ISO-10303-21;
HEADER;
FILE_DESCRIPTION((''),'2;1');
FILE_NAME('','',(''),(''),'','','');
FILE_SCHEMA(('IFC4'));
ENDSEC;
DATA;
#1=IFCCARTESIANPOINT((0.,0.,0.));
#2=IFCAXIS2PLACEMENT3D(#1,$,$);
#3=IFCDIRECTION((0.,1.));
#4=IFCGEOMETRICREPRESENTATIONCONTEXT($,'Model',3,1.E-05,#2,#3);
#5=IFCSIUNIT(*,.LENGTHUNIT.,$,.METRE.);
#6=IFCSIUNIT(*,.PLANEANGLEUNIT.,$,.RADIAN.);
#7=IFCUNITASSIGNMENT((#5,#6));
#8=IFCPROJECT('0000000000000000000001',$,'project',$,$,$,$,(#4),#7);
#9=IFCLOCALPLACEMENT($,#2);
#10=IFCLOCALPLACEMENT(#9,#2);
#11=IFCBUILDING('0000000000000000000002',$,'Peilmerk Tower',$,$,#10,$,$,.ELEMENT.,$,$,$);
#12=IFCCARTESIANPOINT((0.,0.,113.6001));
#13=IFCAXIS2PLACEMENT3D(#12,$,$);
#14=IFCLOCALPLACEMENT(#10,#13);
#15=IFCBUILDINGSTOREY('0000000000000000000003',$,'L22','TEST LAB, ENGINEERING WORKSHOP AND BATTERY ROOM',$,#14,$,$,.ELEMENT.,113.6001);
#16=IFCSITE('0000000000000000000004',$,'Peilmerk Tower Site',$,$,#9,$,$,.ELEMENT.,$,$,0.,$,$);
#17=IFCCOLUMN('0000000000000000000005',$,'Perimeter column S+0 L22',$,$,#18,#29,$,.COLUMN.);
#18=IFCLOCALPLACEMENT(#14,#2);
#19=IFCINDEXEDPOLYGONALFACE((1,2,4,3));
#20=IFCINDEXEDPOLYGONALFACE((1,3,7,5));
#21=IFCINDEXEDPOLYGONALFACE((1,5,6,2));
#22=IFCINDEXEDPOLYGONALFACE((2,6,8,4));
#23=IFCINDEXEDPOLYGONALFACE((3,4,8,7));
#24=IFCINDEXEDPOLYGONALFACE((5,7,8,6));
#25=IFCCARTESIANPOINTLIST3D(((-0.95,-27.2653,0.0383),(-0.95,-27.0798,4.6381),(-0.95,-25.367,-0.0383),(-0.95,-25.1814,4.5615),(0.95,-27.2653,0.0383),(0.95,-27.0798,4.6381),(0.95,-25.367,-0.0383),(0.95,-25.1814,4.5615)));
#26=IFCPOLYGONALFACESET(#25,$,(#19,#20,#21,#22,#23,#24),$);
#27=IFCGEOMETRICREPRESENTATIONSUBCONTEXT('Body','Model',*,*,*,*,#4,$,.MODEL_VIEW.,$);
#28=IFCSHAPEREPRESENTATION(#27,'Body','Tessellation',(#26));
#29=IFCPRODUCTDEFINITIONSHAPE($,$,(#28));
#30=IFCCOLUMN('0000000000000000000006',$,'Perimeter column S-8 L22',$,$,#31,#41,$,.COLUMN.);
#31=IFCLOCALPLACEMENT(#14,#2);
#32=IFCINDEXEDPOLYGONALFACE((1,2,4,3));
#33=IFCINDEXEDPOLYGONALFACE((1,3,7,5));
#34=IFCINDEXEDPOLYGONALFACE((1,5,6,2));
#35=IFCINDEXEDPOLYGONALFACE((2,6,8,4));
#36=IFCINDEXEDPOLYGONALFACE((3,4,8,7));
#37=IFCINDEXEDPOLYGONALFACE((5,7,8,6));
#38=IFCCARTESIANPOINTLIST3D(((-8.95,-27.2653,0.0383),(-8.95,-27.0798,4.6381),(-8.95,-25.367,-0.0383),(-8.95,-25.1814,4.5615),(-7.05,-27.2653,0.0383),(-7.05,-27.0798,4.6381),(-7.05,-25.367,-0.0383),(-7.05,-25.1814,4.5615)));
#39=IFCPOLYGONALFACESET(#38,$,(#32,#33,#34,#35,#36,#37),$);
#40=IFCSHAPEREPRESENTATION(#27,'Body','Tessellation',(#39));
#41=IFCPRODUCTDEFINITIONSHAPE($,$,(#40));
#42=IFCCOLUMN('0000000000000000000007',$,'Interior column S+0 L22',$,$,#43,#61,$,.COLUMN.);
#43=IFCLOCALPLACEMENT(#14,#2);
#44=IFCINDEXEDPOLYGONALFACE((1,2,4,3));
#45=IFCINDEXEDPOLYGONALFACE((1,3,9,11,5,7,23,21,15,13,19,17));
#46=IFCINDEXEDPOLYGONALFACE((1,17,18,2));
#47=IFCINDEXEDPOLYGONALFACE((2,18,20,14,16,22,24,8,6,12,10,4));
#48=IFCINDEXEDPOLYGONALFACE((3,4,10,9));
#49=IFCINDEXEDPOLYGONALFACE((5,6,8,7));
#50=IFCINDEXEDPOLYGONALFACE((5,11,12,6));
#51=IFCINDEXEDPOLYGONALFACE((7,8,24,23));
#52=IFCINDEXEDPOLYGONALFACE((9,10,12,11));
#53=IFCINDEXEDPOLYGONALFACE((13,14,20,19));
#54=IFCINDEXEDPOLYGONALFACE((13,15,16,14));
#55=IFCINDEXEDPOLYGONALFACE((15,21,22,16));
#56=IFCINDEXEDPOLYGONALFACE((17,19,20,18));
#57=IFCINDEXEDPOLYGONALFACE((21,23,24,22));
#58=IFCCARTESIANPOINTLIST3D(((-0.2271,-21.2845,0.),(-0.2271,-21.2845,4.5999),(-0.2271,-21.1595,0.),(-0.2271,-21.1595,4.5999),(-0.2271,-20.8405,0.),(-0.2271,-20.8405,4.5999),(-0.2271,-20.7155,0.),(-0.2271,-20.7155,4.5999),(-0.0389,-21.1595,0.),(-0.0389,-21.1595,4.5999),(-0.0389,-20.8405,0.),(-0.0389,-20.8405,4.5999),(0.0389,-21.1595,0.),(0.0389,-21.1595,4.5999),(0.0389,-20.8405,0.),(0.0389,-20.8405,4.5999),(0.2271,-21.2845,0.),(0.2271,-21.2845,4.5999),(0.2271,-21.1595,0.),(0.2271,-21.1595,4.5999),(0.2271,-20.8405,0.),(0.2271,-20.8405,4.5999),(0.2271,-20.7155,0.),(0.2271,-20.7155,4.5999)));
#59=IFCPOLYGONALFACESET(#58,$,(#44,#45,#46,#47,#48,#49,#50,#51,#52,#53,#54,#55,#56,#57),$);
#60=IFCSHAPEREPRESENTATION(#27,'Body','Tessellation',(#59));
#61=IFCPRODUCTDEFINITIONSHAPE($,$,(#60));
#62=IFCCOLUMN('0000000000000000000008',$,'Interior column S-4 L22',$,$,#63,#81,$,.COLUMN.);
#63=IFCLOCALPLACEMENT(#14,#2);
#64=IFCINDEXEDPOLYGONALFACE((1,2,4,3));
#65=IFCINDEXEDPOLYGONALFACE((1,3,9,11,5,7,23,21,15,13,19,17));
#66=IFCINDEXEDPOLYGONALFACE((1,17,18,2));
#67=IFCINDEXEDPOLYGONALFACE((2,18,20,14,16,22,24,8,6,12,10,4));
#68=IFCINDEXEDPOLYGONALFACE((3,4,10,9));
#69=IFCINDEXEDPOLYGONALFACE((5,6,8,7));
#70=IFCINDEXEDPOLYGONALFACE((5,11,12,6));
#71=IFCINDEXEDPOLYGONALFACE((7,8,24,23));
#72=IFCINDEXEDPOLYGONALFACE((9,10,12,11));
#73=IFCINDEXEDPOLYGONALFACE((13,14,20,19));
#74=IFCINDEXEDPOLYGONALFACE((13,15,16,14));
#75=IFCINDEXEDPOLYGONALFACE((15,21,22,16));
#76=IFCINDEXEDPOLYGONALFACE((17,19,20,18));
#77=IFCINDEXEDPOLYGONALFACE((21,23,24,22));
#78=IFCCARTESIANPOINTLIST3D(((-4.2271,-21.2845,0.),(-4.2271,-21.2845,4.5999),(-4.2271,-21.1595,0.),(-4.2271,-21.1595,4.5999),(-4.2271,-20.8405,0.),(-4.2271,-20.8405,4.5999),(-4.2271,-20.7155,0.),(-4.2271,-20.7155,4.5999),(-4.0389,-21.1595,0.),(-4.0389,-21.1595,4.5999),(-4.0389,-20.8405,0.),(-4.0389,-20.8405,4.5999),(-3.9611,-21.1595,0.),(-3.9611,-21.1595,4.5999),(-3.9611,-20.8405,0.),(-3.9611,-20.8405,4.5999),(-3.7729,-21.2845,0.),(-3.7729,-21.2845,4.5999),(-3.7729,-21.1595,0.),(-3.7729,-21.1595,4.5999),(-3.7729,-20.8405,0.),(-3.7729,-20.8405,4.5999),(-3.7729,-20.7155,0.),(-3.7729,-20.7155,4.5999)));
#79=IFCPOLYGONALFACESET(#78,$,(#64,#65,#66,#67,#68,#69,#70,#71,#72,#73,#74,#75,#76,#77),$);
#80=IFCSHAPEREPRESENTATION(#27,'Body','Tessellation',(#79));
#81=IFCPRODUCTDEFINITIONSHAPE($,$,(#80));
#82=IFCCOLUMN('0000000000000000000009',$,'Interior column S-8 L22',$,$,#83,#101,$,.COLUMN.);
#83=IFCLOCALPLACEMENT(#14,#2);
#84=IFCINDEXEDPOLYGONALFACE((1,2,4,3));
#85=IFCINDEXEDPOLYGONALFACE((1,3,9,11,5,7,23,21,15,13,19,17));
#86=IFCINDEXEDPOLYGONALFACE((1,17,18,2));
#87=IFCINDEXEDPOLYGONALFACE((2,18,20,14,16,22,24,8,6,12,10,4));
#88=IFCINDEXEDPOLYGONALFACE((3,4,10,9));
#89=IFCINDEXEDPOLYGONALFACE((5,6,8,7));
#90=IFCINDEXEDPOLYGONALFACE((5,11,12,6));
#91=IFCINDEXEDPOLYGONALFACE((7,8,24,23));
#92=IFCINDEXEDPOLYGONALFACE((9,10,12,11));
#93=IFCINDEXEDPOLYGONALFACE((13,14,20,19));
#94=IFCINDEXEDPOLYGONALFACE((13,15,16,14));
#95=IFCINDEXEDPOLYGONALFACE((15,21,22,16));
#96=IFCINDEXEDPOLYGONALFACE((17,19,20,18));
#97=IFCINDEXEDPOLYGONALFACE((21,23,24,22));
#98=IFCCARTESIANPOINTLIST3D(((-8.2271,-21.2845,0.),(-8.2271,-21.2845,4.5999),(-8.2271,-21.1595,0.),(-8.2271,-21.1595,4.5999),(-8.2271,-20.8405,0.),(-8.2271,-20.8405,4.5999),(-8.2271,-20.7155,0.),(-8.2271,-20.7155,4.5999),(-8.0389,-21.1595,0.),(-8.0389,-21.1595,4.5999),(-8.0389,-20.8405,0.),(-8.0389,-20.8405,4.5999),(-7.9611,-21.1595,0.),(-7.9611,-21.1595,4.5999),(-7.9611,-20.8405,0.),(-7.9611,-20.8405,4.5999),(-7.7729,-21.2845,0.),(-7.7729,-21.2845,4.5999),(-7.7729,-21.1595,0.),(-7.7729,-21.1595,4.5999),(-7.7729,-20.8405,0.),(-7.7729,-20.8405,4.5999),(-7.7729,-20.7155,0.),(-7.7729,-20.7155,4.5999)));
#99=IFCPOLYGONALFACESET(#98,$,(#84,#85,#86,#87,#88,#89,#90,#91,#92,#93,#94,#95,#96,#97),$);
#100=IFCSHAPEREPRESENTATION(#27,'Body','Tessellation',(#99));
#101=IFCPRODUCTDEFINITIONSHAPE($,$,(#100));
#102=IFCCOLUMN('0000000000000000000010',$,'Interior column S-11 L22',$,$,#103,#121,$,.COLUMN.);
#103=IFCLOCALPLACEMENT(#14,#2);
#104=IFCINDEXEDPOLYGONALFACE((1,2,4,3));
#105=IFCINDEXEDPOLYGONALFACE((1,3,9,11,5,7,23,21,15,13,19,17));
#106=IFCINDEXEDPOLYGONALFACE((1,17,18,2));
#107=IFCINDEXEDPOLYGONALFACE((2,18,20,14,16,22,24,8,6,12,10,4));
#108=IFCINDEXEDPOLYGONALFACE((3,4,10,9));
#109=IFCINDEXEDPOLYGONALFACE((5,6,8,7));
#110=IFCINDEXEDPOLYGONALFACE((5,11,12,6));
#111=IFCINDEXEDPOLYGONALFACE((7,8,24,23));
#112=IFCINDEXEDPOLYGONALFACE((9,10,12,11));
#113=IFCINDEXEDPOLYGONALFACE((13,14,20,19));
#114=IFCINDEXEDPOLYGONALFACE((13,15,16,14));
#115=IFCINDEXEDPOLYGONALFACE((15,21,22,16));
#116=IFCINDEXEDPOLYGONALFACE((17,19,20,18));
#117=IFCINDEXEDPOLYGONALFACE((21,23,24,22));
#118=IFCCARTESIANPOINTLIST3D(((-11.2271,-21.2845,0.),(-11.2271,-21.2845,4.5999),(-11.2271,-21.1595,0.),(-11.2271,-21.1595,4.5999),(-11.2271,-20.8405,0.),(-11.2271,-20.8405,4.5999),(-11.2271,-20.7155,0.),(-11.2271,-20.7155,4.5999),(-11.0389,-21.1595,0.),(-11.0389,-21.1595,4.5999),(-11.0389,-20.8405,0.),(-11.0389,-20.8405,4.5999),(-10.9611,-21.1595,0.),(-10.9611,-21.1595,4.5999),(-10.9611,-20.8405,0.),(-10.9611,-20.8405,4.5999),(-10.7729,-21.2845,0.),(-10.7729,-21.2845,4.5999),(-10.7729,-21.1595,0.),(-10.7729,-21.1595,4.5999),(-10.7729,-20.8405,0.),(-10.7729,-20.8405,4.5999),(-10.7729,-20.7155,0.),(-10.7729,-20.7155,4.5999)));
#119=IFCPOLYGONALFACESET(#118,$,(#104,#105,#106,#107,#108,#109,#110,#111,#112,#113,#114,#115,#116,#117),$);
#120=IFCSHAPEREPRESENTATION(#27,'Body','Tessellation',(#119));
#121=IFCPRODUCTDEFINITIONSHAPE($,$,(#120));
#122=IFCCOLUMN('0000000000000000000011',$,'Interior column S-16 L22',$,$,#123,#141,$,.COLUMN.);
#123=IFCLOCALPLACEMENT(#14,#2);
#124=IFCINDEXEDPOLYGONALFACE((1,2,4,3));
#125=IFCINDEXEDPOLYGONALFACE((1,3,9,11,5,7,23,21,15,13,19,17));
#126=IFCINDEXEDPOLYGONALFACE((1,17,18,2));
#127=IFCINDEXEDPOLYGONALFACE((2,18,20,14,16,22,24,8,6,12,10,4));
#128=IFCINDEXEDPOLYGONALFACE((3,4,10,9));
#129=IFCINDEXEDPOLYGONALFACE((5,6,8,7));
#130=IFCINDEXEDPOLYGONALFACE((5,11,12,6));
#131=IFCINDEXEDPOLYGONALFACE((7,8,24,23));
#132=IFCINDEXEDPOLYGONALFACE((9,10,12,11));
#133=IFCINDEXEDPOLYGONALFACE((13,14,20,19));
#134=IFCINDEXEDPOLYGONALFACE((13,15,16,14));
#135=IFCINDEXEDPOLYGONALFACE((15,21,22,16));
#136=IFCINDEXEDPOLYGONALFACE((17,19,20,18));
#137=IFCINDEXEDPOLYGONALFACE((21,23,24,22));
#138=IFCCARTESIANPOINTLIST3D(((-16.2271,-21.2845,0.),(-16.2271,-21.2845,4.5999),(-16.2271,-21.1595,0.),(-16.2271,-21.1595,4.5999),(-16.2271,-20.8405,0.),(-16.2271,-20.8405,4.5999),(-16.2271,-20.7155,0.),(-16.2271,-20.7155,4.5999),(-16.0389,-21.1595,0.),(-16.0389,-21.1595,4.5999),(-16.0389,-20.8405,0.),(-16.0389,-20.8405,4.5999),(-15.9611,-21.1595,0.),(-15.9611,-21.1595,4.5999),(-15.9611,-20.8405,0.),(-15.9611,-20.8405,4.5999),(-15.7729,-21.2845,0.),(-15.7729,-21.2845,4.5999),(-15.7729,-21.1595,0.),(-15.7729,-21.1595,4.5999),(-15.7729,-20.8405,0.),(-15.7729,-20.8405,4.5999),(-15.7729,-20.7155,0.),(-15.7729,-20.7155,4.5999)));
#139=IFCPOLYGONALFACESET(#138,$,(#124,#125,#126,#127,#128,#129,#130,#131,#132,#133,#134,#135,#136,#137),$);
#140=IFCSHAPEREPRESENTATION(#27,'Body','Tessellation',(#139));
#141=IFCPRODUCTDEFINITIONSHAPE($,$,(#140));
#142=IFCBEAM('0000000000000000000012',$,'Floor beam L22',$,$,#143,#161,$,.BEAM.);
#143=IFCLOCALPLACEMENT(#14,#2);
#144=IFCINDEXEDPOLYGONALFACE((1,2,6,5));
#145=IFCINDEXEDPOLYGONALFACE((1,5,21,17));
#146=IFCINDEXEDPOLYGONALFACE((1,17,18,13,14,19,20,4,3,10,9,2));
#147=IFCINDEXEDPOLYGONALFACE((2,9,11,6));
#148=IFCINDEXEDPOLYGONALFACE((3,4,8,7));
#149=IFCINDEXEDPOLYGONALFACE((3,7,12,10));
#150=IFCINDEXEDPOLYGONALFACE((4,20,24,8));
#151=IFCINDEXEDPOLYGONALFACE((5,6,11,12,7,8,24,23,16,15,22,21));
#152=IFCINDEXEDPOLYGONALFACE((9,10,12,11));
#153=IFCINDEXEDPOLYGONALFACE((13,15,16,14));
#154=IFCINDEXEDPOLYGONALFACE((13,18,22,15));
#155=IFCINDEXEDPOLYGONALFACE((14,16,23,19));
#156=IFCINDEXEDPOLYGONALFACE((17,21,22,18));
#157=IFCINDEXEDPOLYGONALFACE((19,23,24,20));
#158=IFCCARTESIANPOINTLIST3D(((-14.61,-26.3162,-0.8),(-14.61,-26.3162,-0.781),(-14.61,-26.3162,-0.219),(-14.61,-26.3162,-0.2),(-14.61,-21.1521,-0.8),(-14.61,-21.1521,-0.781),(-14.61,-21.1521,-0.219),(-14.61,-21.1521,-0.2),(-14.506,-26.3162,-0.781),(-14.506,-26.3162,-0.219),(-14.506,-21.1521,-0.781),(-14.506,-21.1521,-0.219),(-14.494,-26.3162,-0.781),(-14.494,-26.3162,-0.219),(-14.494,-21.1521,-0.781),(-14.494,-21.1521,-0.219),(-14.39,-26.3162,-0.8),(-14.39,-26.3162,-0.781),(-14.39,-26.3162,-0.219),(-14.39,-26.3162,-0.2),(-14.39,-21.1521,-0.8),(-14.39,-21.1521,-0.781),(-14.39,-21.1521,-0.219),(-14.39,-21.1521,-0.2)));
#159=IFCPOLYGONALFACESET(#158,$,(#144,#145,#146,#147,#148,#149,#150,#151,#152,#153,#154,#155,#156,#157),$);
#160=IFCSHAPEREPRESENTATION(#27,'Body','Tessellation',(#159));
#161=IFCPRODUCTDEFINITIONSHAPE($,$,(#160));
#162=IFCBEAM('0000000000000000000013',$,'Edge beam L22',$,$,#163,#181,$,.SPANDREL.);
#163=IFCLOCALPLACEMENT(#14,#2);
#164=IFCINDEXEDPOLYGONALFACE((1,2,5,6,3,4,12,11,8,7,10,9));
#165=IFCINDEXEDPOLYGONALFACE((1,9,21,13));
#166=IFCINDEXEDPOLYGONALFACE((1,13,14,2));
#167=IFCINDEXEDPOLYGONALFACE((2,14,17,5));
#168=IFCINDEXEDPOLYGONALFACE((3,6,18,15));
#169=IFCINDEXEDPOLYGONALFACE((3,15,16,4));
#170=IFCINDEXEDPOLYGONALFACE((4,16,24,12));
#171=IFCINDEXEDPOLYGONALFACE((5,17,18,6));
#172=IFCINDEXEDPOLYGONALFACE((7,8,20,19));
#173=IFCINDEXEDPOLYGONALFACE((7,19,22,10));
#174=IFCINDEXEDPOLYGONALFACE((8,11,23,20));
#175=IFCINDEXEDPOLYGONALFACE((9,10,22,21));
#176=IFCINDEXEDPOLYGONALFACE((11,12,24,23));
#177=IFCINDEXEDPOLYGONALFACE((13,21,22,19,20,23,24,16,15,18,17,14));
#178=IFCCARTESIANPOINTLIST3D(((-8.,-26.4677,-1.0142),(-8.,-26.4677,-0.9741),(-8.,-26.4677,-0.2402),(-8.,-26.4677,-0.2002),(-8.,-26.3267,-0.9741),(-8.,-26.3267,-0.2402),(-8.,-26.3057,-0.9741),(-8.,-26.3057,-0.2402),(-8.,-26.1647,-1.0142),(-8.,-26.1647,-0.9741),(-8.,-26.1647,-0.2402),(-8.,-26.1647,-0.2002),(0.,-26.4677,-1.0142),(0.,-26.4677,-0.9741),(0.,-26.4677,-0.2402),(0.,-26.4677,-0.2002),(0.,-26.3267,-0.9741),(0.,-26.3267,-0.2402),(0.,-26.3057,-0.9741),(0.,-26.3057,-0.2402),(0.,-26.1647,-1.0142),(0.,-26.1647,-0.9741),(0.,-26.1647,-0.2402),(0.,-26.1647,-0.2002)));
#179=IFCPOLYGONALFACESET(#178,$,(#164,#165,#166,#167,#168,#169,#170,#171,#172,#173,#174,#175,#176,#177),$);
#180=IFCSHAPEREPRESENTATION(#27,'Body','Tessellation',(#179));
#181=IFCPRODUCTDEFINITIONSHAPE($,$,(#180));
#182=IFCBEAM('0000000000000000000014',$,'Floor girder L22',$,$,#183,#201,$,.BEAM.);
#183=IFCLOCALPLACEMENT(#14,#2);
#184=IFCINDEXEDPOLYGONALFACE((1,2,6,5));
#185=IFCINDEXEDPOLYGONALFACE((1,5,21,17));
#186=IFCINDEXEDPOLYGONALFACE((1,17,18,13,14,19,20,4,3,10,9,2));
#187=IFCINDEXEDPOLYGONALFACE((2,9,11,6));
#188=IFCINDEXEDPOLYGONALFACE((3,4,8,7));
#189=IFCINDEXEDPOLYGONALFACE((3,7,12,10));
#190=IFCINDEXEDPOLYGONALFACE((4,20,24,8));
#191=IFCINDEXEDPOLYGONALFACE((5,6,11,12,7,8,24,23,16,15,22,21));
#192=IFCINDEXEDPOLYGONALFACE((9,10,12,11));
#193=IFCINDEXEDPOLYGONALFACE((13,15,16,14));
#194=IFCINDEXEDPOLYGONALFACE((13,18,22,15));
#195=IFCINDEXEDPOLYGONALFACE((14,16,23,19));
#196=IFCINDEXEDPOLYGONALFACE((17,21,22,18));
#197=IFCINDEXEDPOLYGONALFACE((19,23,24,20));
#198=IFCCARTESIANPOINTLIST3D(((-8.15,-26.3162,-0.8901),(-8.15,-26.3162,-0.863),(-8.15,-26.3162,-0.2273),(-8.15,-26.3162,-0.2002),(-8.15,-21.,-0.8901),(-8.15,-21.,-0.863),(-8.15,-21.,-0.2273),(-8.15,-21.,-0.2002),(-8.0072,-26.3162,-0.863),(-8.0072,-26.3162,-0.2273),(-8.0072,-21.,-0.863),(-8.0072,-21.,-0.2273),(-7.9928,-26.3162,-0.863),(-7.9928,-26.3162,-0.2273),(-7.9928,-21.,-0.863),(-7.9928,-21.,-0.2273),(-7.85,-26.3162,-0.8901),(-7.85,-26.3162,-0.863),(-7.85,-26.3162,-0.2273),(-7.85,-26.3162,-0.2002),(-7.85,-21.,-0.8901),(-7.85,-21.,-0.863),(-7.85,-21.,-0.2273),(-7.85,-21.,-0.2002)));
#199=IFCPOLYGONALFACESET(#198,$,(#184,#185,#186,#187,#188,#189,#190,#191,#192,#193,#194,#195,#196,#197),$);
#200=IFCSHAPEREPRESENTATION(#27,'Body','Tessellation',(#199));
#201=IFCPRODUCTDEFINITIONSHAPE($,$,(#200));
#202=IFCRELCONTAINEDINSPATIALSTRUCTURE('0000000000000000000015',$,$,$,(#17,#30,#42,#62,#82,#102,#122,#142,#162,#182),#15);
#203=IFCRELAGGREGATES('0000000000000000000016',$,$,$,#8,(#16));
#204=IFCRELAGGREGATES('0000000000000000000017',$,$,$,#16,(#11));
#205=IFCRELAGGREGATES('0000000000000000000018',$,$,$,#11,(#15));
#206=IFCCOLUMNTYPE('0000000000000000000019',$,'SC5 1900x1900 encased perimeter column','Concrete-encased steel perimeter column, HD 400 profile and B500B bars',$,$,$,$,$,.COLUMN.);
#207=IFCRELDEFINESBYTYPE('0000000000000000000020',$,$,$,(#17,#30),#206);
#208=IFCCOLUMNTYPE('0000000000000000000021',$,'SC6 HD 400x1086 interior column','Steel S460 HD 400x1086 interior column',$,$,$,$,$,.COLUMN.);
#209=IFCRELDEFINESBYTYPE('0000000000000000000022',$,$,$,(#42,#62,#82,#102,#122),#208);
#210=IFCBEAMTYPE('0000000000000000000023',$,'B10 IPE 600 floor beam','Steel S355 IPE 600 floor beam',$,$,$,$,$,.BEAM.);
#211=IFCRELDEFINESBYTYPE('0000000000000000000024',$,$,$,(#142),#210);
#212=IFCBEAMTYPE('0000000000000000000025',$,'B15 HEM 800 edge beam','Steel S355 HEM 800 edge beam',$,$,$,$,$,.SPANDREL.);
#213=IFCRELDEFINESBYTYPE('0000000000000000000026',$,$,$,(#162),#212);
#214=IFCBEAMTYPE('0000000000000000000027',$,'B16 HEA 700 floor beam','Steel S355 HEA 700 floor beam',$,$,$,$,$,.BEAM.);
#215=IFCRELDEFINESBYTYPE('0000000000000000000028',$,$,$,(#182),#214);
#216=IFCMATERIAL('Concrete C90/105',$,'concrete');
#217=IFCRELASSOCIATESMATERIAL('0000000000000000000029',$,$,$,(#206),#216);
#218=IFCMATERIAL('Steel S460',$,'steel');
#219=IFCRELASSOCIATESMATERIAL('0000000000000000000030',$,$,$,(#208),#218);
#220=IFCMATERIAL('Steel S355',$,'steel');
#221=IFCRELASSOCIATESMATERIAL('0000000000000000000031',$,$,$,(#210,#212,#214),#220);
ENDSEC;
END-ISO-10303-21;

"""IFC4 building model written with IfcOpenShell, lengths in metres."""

from ifc_helpers import new_model, si_unit, direction, frame, origin, origin_2d, place, context, subcontext, project, spatial, rectangle, i_section, extrude, material, material_profile, profile_set, type_object, element, save


model = new_model("IFC4")

# Units and contexts
model_context = context("Model", 3, precision=1e-05, world=origin(), true_north=direction((0.0, 1.0)))
body_context = subcontext(model_context, "Body", "Model", "MODEL_VIEW")
ifc_project = project(units=[si_unit("LENGTHUNIT", "METRE"), si_unit("PLANEANGLEUNIT", "RADIAN")], contexts=[model_context])

# Site, building, storey
site_placement = place(None, origin())
site = spatial("IfcSite", under=ifc_project, at=site_placement, Name="Peilmerk Tower Site", CompositionType="ELEMENT", RefElevation=0.0)
building_placement = place(site_placement, origin())
building = spatial("IfcBuilding", under=site, at=building_placement, Name="Peilmerk Tower", CompositionType="ELEMENT")
storey_placement = place(building_placement, frame((0.0, 0.0, 113.6001)))
storey = spatial("IfcBuildingStorey", under=building, at=storey_placement, Name="L22", Description="TEST LAB, ENGINEERING WORKSHOP AND BATTERY ROOM", CompositionType="ELEMENT", Elevation=113.6001)

# Columns
ifc_material_1 = material(Name="Concrete C90/105", Category="concrete")
ifc_material_profile_1 = material_profile(ifc_material_1, rectangle(XDim=1.8999, YDim=1.8999, at=origin_2d()), Name="RC 1900x1900")
ifc_profile_set_1 = profile_set([ifc_material_profile_1], Name="Concrete C90/105")
column_type_1 = type_object("IfcColumnType", Name="SC5 1900x1900 encased perimeter column", Description="Concrete-encased steel perimeter column, HD 400 profile and B500B bars", PredefinedType="COLUMN", material=ifc_profile_set_1)
for number, where, z_axis, x_axis, name in (
    (1, (0.0, -26.3162, 0.0), (0.0, 0.040305, 0.999187), (-1.0, 0.0, 0.0), "Perimeter column S+0 L22"),
    (2, (-8.0, -26.3162, 0.0), (0.0, 0.040305, 0.999187), (-1.0, 0.0, 0.0), "Perimeter column S-8 L22"),
):
    element("IfcColumn", number, at=place(storey_placement, frame(where, z_axis=z_axis, x_axis=x_axis)), inside=storey, type_object=column_type_1, Name=name, PredefinedType="COLUMN", context=body_context, shape_type="SweptSolid", body=[
        extrude(rectangle(XDim=1.8999, YDim=1.8999, at=origin_2d()), origin(), (0.0, 0.0, 1.0), 4.6035),
    ])
ifc_material_2 = material(Name="Steel S460", Category="steel")
ifc_material_profile_2 = material_profile(ifc_material_2, i_section(OverallWidth=0.4541, OverallDepth=0.5691, WebThickness=0.0779, FlangeThickness=0.125, at=origin_2d()), Name="HD 400x1086")
ifc_profile_set_2 = profile_set([ifc_material_profile_2], Name="Steel S460")
column_type_2 = type_object("IfcColumnType", Name="SC6 HD 400x1086 interior column", Description="Steel S460 HD 400x1086 interior column", PredefinedType="COLUMN", material=ifc_profile_set_2)
for number, where, z_axis, x_axis, name in (
    (3, (0.0, -21.0, 0.0), (0.0, 0.0, 1.0), (1.0, 0.0, 0.0), "Interior column S+0 L22"),
    (4, (-4.0, -21.0, 0.0), (0.0, 0.0, 1.0), (1.0, 0.0, 0.0), "Interior column S-4 L22"),
    (5, (-8.0, -21.0, 0.0), (0.0, 0.0, 1.0), (1.0, 0.0, 0.0), "Interior column S-8 L22"),
    (6, (-11.0, -21.0, 0.0), (0.0, 0.0, 1.0), (1.0, 0.0, 0.0), "Interior column S-11 L22"),
    (7, (-16.0, -21.0, 0.0), (0.0, 0.0, 1.0), (1.0, 0.0, 0.0), "Interior column S-16 L22"),
):
    element("IfcColumn", number, at=place(storey_placement, frame(where, z_axis=z_axis, x_axis=x_axis)), inside=storey, type_object=column_type_2, Name=name, PredefinedType="COLUMN", context=body_context, shape_type="SweptSolid", body=[
        extrude(i_section(OverallWidth=0.4541, OverallDepth=0.5691, WebThickness=0.0779, FlangeThickness=0.125, at=origin_2d()), origin(), (0.0, 0.0, 1.0), 4.5999),
    ])

# Beams
ifc_material_3 = material(Name="Steel S355", Category="steel")
ifc_material_profile_3 = material_profile(ifc_material_3, i_section(OverallWidth=0.22, OverallDepth=0.6001, WebThickness=0.012, FlangeThickness=0.019, at=origin_2d()), Name="IPE 600")
ifc_profile_set_3 = profile_set([ifc_material_profile_3], Name="Steel S355")
beam_type_1 = type_object("IfcBeamType", Name="B10 IPE 600 floor beam", Description="Steel S355 IPE 600 floor beam", PredefinedType="BEAM", material=ifc_profile_set_3)
beam_1_placement = place(storey_placement, frame((-14.5, -21.1521, -0.5), z_axis=(0.0, -1.0, 0.0), x_axis=(1.0, 0.0, 0.0)))
element("IfcBeam", 8, at=beam_1_placement, inside=storey, type_object=beam_type_1, Name="Floor beam L22", PredefinedType="BEAM", context=body_context, shape_type="SweptSolid", body=[
    extrude(i_section(OverallWidth=0.22, OverallDepth=0.6001, WebThickness=0.012, FlangeThickness=0.019, at=origin_2d()), origin(), (0.0, 0.0, 1.0), 5.1641),
])
ifc_material_profile_4 = material_profile(ifc_material_3, i_section(OverallWidth=0.303, OverallDepth=0.814, WebThickness=0.021, FlangeThickness=0.04, at=origin_2d()), Name="HEM 800")
ifc_profile_set_4 = profile_set([ifc_material_profile_4], Name="Steel S355")
beam_type_2 = type_object("IfcBeamType", Name="B15 HEM 800 edge beam", Description="Steel S355 HEM 800 edge beam", PredefinedType="SPANDREL", material=ifc_profile_set_4)
beam_2_placement = place(storey_placement, frame((-8.0, -26.3162, -0.6072), z_axis=(1.0, 0.0, 0.0), x_axis=(0.0, 1.0, 0.0)))
element("IfcBeam", 9, at=beam_2_placement, inside=storey, type_object=beam_type_2, Name="Edge beam L22", PredefinedType="SPANDREL", context=body_context, shape_type="SweptSolid", body=[
    extrude(i_section(OverallWidth=0.303, OverallDepth=0.814, WebThickness=0.021, FlangeThickness=0.04, at=origin_2d()), origin(), (0.0, 0.0, 1.0), 8.0),
])
ifc_material_profile_5 = material_profile(ifc_material_3, i_section(OverallWidth=0.3, OverallDepth=0.6899, WebThickness=0.0144, FlangeThickness=0.0271, at=origin_2d()), Name="HEA 700")
ifc_profile_set_5 = profile_set([ifc_material_profile_5], Name="Steel S355")
beam_type_3 = type_object("IfcBeamType", Name="B16 HEA 700 floor beam", Description="Steel S355 HEA 700 floor beam", PredefinedType="BEAM", material=ifc_profile_set_5)
beam_3_placement = place(storey_placement, frame((-8.0, -21.0, -0.5452), z_axis=(0.0, -1.0, 0.0), x_axis=(1.0, 0.0, 0.0)))
element("IfcBeam", 10, at=beam_3_placement, inside=storey, type_object=beam_type_3, Name="Floor girder L22", PredefinedType="BEAM", context=body_context, shape_type="SweptSolid", body=[
    extrude(i_section(OverallWidth=0.3, OverallDepth=0.6899, WebThickness=0.0144, FlangeThickness=0.0271, at=origin_2d()), origin(), (0.0, 0.0, 1.0), 5.3162),
])

save(model, "model.ifc")
